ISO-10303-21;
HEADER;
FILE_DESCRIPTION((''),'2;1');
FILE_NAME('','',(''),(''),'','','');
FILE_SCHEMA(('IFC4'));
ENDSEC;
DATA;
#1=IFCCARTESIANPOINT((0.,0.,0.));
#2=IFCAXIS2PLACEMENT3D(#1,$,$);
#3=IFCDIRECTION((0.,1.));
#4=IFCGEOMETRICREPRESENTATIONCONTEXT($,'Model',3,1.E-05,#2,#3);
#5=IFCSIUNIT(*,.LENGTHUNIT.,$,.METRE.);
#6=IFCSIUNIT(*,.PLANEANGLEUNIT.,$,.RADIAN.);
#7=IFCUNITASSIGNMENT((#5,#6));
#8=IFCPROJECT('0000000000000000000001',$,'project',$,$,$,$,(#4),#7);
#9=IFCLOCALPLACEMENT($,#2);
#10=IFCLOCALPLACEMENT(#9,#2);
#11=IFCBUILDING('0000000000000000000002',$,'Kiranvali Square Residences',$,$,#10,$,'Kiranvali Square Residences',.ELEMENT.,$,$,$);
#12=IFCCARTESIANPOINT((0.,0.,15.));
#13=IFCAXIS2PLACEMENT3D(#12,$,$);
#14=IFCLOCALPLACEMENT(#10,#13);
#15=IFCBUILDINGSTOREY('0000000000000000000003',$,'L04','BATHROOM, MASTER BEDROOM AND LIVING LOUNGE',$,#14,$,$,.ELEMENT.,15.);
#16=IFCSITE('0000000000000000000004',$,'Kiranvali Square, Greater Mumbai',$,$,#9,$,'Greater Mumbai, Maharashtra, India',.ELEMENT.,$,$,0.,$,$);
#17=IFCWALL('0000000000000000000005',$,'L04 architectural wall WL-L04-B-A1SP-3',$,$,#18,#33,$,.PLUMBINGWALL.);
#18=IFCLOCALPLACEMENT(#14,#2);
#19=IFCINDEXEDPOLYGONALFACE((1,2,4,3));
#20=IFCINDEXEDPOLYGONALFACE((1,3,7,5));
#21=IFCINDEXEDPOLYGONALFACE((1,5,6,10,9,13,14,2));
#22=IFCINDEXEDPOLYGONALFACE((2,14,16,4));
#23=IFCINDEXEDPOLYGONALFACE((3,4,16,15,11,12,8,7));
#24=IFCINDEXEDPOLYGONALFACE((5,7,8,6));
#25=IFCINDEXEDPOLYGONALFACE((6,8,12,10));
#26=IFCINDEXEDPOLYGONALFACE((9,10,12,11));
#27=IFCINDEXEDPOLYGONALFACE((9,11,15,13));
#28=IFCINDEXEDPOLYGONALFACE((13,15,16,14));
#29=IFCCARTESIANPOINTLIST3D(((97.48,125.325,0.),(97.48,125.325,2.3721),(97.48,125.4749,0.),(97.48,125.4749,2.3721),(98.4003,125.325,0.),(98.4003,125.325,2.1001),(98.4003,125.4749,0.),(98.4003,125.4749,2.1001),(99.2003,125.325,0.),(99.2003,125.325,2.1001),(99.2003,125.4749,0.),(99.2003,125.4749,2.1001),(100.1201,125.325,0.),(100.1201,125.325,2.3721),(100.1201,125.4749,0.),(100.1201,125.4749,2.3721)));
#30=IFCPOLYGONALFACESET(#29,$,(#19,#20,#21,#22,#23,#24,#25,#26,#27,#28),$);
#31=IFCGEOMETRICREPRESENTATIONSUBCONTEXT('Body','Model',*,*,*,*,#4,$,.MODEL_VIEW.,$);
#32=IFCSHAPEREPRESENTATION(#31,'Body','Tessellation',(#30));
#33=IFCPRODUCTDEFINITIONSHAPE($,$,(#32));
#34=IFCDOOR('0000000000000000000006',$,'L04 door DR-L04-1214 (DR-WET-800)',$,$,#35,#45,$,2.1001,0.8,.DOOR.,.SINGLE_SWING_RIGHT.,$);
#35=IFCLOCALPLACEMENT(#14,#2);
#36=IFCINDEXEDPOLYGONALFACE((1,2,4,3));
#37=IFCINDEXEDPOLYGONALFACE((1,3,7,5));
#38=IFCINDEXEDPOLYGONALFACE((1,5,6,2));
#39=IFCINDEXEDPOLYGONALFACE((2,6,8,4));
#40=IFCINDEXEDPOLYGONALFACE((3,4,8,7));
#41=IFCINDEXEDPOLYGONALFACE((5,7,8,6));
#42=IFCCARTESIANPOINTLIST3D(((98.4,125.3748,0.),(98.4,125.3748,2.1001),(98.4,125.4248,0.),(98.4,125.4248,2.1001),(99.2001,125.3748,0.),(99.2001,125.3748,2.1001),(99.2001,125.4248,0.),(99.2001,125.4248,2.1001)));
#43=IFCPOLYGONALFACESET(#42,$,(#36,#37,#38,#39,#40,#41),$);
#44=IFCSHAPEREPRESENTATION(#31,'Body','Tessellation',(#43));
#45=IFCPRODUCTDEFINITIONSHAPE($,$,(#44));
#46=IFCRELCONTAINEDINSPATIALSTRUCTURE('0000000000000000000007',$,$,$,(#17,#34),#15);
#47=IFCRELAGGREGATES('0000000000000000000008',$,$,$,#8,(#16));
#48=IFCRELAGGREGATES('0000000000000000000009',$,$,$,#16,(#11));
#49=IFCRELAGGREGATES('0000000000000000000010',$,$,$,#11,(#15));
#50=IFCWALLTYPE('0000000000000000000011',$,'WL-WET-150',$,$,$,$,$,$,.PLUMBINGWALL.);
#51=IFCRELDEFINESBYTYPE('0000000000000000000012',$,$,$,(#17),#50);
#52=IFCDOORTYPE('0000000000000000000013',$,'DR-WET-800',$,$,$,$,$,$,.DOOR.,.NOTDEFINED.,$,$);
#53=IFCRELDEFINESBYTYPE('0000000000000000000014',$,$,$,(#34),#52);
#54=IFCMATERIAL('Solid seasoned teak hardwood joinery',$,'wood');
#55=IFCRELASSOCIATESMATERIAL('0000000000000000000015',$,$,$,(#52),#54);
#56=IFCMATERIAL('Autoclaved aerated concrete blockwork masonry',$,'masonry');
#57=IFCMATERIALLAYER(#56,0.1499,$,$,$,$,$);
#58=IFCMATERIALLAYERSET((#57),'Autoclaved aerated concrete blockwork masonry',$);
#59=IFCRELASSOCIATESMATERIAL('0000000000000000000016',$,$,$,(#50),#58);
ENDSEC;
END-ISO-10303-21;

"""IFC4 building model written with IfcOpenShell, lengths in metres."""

from ifc_helpers import new_model, si_unit, direction, frame, frame_2d, origin, place, context, subcontext, project, spatial, rectangle, extrude, material, layer, layer_set, type_object, element, fill, save


model = new_model("IFC4")

# Units and contexts
model_context = context("Model", 3, precision=1e-05, world=origin(), true_north=direction((0.0, 1.0)))
body_context = subcontext(model_context, "Body", "Model", "MODEL_VIEW")
ifc_project = project(units=[si_unit("LENGTHUNIT", "METRE"), si_unit("PLANEANGLEUNIT", "RADIAN")], contexts=[model_context])

# Site, building, storey
site_placement = place(None, origin())
site = spatial("IfcSite", under=ifc_project, at=site_placement, Name="Kiranvali Square, Greater Mumbai", LongName="Greater Mumbai, Maharashtra, India", CompositionType="ELEMENT", RefElevation=0.0)
building_placement = place(site_placement, origin())
building = spatial("IfcBuilding", under=site, at=building_placement, Name="Kiranvali Square Residences", LongName="Kiranvali Square Residences", CompositionType="ELEMENT")
storey_placement = place(building_placement, frame((0.0, 0.0, 15.0)))
storey = spatial("IfcBuildingStorey", under=building, at=storey_placement, Name="L04", Description="BATHROOM, MASTER BEDROOM AND LIVING LOUNGE", CompositionType="ELEMENT", Elevation=15.0)

# Wall, opening, door
ifc_material_1 = material(Name="Solid seasoned teak hardwood joinery", Category="wood")
door_type = type_object("IfcDoorType", Name="DR-WET-800", OperationType="NOTDEFINED", PredefinedType="DOOR", material=ifc_material_1)
ifc_material_2 = material(Name="Autoclaved aerated concrete blockwork masonry", Category="masonry")
ifc_layer_1 = layer(ifc_material_2, 0.1499)
ifc_layer_set_1 = layer_set([ifc_layer_1], Name="Autoclaved aerated concrete blockwork masonry")
wall_type_1 = type_object("IfcWallType", Name="WL-WET-150", PredefinedType="PLUMBINGWALL", material=ifc_layer_set_1)
wall_1_placement = place(storey_placement, frame((100.1201, 125.3999, 0.0), z_axis=(0.0, 0.0, 1.0), x_axis=(-1.0, 0.0, 0.0)))
wall_1 = element("IfcWall", 1, at=wall_1_placement, inside=storey, type_object=wall_type_1, Name="L04 architectural wall WL-L04-B-A1SP-3", PredefinedType="PLUMBINGWALL", context=body_context, shape_type="SweptSolid", body=[
    extrude(rectangle(XDim=2.6401, YDim=0.1499, at=frame_2d((1.3201, 0.0))), origin(), (0.0, 0.0, 1.0), 2.3721),
])
opening_1_placement = place(wall_1_placement, frame((0.9199, 0.0, 0.0)))
opening_1 = element("IfcOpeningElement", 2, at=opening_1_placement, cuts=wall_1, PredefinedType="OPENING", context=body_context, shape_type="SweptSolid", body=[
    extrude(rectangle(XDim=0.8, YDim=2.1001, at=frame_2d((0.3999, 1.05))), frame((0.0, 0.085, 0.0), z_axis=(0.0, -1.0, 0.0), x_axis=(1.0, 0.0, 0.0)), (0.0, 0.0, 1.0), 0.1699),
])
door_1_placement = place(opening_1_placement, frame((0.8, 0.0, 0.0), z_axis=(0.0, 0.0, 1.0), x_axis=(-1.0, 0.0, 0.0)))
door_1 = element("IfcDoor", 3, at=door_1_placement, inside=storey, type_object=door_type, Name="L04 door DR-L04-1214 (DR-WET-800)", OperationType="SINGLE_SWING_RIGHT", OverallHeight=2.1001, OverallWidth=0.8, PredefinedType="DOOR", context=body_context, shape_type="SweptSolid", body=[
    extrude(rectangle(XDim=0.8, YDim=2.1001, at=frame_2d((0.3999, 1.05))), frame((0.0, 0.0249, 0.0), z_axis=(0.0, -1.0, 0.0), x_axis=(1.0, 0.0, 0.0)), (0.0, 0.0, 1.0), 0.05),
])
fill(opening_1, door_1)

save(model, "model.ifc")
